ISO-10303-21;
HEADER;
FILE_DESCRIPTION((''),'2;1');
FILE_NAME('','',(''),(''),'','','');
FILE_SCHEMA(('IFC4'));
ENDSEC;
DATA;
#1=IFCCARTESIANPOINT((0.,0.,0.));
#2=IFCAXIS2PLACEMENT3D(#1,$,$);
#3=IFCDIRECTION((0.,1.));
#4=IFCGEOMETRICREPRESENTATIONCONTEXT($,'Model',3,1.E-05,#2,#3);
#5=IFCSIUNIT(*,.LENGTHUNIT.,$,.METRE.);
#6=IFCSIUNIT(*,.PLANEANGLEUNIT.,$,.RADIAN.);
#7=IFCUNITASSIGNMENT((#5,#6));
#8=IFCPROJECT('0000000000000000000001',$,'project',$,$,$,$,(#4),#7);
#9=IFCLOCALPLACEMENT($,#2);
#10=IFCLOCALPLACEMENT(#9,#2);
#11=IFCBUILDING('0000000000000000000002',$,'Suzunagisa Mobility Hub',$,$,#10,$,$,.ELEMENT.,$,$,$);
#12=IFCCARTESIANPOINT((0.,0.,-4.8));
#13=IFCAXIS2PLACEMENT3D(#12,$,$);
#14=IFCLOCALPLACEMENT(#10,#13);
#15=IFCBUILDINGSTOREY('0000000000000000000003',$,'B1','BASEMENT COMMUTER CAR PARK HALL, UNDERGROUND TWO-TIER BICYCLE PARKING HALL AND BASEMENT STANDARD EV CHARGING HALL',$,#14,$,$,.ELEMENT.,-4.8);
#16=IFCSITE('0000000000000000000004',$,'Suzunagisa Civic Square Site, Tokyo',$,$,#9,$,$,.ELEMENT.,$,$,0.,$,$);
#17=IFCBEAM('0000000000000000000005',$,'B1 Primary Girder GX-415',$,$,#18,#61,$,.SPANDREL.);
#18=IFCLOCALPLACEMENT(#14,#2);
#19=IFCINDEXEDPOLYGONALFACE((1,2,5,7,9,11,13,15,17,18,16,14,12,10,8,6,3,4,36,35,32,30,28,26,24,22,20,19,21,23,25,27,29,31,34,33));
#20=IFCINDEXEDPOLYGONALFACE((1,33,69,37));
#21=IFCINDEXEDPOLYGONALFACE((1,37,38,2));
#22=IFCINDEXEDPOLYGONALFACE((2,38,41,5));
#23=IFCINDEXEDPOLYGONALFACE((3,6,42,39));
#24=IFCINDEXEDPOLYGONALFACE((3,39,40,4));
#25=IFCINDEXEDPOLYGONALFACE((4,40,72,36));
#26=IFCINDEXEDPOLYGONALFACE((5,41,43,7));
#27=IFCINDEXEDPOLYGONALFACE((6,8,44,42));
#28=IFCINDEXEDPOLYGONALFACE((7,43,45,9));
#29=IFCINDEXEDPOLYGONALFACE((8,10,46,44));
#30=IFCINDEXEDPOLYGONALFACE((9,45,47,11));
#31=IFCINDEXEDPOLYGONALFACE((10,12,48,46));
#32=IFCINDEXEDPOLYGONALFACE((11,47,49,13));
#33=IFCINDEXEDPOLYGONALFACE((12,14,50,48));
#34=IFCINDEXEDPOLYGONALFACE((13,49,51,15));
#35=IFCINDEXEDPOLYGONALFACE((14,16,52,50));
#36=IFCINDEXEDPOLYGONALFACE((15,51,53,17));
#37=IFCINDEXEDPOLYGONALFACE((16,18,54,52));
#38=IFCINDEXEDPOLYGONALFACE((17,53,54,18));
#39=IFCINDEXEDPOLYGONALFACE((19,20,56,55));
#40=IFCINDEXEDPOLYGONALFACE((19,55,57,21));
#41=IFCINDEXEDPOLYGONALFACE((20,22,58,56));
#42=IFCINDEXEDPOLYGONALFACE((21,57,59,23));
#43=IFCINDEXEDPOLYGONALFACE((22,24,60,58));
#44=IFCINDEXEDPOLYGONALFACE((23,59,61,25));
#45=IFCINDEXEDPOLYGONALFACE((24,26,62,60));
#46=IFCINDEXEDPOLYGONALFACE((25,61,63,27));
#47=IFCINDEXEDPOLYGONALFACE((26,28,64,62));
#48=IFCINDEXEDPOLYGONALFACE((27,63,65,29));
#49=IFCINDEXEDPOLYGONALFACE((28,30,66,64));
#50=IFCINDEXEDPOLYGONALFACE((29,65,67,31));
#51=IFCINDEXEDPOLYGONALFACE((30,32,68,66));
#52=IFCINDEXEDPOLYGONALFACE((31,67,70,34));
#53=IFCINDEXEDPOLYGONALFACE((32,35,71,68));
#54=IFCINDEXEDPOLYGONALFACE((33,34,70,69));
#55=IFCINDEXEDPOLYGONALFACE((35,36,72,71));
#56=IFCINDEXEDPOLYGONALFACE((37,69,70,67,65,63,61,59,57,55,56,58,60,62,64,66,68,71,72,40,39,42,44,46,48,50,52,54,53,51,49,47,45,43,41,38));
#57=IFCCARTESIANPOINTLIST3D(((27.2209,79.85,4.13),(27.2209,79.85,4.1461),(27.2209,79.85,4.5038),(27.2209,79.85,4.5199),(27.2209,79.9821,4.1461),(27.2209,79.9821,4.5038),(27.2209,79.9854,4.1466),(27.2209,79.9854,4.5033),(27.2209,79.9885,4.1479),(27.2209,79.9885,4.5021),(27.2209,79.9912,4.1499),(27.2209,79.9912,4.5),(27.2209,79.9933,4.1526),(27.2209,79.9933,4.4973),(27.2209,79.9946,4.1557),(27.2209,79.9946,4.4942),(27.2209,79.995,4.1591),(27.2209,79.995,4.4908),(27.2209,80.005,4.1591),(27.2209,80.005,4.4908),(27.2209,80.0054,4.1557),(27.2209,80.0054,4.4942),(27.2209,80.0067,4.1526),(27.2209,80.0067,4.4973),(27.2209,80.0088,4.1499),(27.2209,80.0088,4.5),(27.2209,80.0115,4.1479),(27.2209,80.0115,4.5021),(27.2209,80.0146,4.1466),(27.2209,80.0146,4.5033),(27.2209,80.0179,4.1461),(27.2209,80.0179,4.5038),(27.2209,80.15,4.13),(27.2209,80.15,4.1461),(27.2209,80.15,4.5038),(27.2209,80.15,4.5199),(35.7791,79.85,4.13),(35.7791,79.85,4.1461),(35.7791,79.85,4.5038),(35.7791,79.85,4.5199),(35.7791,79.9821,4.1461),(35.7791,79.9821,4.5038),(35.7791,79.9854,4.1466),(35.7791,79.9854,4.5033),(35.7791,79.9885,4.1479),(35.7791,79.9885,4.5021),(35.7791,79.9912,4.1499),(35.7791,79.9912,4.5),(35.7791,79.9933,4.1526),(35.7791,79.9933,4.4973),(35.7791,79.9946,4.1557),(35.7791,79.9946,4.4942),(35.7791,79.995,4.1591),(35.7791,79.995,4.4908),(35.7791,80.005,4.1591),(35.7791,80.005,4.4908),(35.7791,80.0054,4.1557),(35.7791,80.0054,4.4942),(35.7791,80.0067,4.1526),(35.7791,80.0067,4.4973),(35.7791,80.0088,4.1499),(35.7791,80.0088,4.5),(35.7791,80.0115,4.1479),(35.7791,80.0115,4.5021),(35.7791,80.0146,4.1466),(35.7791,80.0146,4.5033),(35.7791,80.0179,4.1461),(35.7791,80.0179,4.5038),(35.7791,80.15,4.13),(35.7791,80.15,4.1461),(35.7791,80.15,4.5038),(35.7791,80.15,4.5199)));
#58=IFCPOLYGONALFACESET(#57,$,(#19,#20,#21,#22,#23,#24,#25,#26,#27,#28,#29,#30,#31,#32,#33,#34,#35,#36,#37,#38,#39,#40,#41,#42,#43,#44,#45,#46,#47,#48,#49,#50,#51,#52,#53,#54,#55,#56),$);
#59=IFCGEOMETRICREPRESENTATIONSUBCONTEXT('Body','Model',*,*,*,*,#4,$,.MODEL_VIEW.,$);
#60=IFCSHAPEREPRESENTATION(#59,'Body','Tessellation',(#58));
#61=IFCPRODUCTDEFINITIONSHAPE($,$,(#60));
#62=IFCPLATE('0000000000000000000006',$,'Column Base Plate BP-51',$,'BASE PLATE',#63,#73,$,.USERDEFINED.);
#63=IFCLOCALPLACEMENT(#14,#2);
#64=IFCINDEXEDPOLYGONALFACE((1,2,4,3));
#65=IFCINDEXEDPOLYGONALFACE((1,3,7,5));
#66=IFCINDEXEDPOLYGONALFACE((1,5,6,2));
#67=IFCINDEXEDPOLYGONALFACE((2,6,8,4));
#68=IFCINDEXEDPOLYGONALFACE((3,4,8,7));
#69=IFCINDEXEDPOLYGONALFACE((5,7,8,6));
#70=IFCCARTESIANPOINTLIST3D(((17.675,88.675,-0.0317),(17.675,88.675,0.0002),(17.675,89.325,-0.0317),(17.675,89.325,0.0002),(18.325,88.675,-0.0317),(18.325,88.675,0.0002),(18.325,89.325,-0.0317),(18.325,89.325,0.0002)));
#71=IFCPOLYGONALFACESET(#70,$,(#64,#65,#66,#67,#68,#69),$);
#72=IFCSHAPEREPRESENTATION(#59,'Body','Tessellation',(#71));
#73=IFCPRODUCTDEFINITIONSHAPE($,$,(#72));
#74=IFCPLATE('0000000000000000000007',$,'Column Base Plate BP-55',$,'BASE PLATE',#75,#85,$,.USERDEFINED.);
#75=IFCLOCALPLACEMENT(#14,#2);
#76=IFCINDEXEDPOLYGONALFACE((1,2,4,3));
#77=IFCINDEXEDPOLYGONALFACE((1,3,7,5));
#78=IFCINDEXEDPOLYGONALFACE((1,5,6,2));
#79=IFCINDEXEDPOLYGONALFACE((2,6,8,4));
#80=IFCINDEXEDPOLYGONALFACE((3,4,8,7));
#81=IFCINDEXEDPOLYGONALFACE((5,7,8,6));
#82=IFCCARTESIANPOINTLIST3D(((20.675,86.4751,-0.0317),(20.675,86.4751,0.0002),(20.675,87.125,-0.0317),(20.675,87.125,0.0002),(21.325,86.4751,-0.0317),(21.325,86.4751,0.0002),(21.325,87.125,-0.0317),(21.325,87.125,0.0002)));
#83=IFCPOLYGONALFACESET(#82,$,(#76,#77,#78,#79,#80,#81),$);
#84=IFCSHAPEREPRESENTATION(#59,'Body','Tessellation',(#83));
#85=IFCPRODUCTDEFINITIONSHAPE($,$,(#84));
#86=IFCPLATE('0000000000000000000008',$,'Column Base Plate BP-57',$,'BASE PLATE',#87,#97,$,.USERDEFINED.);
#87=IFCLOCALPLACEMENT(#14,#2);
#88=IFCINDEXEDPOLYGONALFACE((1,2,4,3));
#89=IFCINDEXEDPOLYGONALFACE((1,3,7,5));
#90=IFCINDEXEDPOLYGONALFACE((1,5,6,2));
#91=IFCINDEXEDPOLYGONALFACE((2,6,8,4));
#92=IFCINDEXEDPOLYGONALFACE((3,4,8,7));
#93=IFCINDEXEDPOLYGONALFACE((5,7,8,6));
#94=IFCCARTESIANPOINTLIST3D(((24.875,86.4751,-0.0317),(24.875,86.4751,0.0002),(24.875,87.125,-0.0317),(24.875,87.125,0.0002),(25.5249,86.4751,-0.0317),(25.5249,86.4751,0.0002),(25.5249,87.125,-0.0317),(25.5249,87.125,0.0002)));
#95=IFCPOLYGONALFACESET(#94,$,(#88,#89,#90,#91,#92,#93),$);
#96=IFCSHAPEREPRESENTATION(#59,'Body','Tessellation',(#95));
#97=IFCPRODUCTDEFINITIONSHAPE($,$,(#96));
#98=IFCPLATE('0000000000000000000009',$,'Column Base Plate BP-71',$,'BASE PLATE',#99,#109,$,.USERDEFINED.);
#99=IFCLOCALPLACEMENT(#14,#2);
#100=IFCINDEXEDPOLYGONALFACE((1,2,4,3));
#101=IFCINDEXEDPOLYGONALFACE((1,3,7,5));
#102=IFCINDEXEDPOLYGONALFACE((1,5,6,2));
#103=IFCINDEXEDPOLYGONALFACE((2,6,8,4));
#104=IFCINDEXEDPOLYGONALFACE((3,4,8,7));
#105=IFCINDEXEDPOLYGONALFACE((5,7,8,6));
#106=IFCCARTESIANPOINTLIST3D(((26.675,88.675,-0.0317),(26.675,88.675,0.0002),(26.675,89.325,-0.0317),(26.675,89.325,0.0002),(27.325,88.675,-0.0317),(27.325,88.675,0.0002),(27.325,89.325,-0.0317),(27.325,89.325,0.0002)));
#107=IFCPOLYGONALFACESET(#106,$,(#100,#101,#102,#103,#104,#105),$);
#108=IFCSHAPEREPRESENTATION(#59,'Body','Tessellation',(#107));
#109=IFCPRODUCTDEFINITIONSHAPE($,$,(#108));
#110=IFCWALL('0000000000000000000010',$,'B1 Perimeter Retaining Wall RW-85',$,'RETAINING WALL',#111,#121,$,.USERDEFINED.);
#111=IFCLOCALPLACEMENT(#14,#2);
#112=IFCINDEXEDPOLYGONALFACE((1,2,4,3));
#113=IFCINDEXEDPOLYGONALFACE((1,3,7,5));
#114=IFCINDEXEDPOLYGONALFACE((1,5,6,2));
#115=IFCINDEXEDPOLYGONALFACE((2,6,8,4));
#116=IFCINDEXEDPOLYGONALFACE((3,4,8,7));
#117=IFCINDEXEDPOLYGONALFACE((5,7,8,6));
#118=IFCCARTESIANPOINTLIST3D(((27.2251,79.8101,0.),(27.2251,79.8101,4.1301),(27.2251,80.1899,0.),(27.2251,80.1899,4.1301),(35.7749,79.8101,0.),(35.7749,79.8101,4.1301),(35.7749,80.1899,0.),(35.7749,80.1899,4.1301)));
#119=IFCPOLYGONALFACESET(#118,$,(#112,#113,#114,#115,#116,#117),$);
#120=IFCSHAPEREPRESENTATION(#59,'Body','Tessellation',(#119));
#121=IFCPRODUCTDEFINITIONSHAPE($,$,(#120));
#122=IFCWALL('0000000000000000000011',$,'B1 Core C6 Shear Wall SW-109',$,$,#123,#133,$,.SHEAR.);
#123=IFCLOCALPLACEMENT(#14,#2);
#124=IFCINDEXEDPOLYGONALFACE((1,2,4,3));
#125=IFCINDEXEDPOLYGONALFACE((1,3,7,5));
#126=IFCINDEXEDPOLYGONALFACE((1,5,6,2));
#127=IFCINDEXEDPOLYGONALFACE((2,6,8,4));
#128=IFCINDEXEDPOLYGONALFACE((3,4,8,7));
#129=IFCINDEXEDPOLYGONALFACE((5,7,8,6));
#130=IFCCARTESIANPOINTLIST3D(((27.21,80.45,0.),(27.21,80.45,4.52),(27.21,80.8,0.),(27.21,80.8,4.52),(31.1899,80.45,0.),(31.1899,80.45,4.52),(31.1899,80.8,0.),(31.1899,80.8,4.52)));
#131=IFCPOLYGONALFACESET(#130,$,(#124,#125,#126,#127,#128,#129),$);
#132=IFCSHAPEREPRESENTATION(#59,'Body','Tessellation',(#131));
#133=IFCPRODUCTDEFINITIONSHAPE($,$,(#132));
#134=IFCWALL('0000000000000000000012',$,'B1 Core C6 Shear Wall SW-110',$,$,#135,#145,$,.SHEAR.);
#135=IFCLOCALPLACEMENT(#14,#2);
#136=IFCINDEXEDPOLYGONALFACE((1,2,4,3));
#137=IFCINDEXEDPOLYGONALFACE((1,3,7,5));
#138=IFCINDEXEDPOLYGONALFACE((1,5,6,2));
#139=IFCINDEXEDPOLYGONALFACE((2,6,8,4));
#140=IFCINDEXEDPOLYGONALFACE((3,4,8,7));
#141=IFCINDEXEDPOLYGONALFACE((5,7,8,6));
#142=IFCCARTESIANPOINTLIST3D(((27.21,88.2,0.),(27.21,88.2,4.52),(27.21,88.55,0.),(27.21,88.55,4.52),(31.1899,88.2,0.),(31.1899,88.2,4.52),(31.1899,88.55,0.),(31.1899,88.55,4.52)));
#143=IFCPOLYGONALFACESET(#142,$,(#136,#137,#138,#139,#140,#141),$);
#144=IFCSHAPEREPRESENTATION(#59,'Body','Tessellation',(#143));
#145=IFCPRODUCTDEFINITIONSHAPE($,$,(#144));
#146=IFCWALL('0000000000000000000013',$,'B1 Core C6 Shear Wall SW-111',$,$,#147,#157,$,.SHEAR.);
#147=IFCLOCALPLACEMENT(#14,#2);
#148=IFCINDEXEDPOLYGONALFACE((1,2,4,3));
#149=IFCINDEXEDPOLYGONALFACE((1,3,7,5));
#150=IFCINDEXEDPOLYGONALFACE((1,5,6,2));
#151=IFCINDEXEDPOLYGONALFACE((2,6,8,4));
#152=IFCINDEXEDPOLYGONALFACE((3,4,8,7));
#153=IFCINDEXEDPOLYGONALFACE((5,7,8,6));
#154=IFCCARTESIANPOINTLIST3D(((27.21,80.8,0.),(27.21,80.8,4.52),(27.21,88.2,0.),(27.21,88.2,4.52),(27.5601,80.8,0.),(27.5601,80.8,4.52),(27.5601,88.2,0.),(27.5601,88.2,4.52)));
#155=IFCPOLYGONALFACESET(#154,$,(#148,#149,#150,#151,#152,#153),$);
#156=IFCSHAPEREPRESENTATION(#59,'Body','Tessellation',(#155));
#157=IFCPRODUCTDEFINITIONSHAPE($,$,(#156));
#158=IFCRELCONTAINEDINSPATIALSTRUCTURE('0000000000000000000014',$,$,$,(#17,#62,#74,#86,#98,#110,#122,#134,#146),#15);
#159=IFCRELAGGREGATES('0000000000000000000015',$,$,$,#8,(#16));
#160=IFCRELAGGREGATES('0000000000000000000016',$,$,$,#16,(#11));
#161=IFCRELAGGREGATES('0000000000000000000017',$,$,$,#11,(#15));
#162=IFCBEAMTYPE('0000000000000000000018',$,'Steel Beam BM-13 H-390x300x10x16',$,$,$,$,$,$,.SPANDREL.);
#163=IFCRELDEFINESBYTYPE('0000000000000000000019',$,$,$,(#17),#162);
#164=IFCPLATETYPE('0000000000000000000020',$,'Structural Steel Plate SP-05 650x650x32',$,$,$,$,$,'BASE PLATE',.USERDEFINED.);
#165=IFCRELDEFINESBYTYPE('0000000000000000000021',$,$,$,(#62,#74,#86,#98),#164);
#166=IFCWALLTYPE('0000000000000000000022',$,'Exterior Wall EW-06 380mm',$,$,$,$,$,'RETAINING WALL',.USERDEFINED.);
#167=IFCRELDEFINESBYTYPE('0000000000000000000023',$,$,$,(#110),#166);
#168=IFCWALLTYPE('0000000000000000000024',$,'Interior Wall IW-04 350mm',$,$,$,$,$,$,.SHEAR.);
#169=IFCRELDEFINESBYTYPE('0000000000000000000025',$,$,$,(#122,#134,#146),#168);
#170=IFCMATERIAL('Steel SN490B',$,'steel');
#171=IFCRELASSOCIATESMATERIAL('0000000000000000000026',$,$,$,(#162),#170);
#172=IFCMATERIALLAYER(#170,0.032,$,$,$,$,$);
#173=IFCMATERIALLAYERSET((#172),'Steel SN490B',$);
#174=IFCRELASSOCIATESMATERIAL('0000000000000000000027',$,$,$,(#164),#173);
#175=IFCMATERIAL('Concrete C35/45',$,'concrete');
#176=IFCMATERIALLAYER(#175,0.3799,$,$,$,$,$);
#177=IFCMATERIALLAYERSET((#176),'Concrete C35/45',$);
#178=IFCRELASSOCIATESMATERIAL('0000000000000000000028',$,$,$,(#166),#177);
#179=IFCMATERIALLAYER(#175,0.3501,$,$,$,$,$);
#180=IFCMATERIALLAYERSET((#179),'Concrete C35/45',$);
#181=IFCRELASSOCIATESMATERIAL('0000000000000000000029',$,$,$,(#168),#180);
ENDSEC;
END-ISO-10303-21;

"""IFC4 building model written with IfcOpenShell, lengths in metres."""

from ifc_helpers import new_model, si_unit, direction, frame, frame_2d, origin, origin_2d, place, context, subcontext, project, spatial, rectangle, i_section, extrude, material, layer, layer_set, material_profile, profile_set, type_object, element, save


model = new_model("IFC4")

# Units and contexts
model_context = context("Model", 3, precision=1e-05, world=origin(), true_north=direction((0.0, 1.0)))
body_context = subcontext(model_context, "Body", "Model", "MODEL_VIEW")
ifc_project = project(units=[si_unit("LENGTHUNIT", "METRE"), si_unit("PLANEANGLEUNIT", "RADIAN")], contexts=[model_context])

# Site, building, storey
site_placement = place(None, origin())
site = spatial("IfcSite", under=ifc_project, at=site_placement, Name="Suzunagisa Civic Square Site, Tokyo", CompositionType="ELEMENT", RefElevation=0.0)
building_placement = place(site_placement, origin())
building = spatial("IfcBuilding", under=site, at=building_placement, Name="Suzunagisa Mobility Hub", CompositionType="ELEMENT")
storey_placement = place(building_placement, frame((0.0, 0.0, -4.8)))
storey = spatial("IfcBuildingStorey", under=building, at=storey_placement, Name="B1", Description="BASEMENT COMMUTER CAR PARK HALL, UNDERGROUND TWO-TIER BICYCLE PARKING HALL AND BASEMENT STANDARD EV CHARGING HALL", CompositionType="ELEMENT", Elevation=-4.8)

# Shared definitions
ifc_material_1 = material(Name="Steel SN490B", Category="steel")

# Beam
ifc_material_profile_1 = material_profile(ifc_material_1, i_section(OverallWidth=0.3, OverallDepth=0.3899, WebThickness=0.01, FlangeThickness=0.0161, FilletRadius=0.0129, at=origin_2d()), Name="H-390x300x10x16")
ifc_profile_set_1 = profile_set([ifc_material_profile_1], Name="Steel SN490B")
beam_type_1 = type_object("IfcBeamType", Name="Steel Beam BM-13 H-390x300x10x16", PredefinedType="SPANDREL", material=ifc_profile_set_1)
beam_placement = place(storey_placement, frame((27.2209, 80.0, 4.325), z_axis=(1.0, 0.0, 0.0), x_axis=(0.0, 1.0, 0.0)))
element("IfcBeam", 1, at=beam_placement, inside=storey, type_object=beam_type_1, Name="B1 Primary Girder GX-415", PredefinedType="SPANDREL", context=body_context, shape_type="SweptSolid", body=[
    extrude(i_section(OverallWidth=0.3, OverallDepth=0.3899, WebThickness=0.01, FlangeThickness=0.0161, FilletRadius=0.0129, at=origin_2d()), origin(), (0.0, 0.0, 1.0), 8.5581),
])

# Plates
ifc_layer_1 = layer(ifc_material_1, 0.032)
ifc_layer_set_1 = layer_set([ifc_layer_1], Name="Steel SN490B")
plate_type = type_object("IfcPlateType", Name="Structural Steel Plate SP-05 650x650x32", ElementType="BASE PLATE", PredefinedType="USERDEFINED", material=ifc_layer_set_1)
for number, where, z_axis, x_axis, name in (
    (2, (18.0, 89.0, -0.0317), (0.0, 0.0, 1.0), (1.0, 0.0, 0.0), "Column Base Plate BP-51"),
    (3, (21.0, 86.8, -0.0317), (0.0, 0.0, 1.0), (1.0, 0.0, 0.0), "Column Base Plate BP-55"),
    (4, (25.2, 86.8, -0.0317), (0.0, 0.0, 1.0), (1.0, 0.0, 0.0), "Column Base Plate BP-57"),
    (5, (27.0, 89.0, -0.0317), (0.0, 0.0, 1.0), (1.0, 0.0, 0.0), "Column Base Plate BP-71"),
):
    element("IfcPlate", number, at=place(storey_placement, frame(where, z_axis=z_axis, x_axis=x_axis)), inside=storey, type_object=plate_type, Name=name, ObjectType="BASE PLATE", PredefinedType="USERDEFINED", context=body_context, shape_type="SweptSolid", body=[
        extrude(rectangle(XDim=0.6499, YDim=0.6499, at=origin_2d()), origin(), (0.0, 0.0, 1.0), 0.032),
    ])

# Walls
ifc_material_2 = material(Name="Concrete C35/45", Category="concrete")
ifc_layer_2 = layer(ifc_material_2, 0.3799)
ifc_layer_set_2 = layer_set([ifc_layer_2], Name="Concrete C35/45")
wall_type_1 = type_object("IfcWallType", Name="Exterior Wall EW-06 380mm", ElementType="RETAINING WALL", PredefinedType="USERDEFINED", material=ifc_layer_set_2)
wall_1_placement = place(storey_placement, frame((27.2251, 80.0, 0.0), z_axis=(0.0, 0.0, 1.0), x_axis=(1.0, 0.0, 0.0)))
element("IfcWall", 6, at=wall_1_placement, inside=storey, type_object=wall_type_1, Name="B1 Perimeter Retaining Wall RW-85", ObjectType="RETAINING WALL", PredefinedType="USERDEFINED", context=body_context, shape_type="SweptSolid", body=[
    extrude(rectangle(XDim=8.5498, YDim=0.3799, at=frame_2d((4.2749, 0.0))), origin(), (0.0, 0.0, 1.0), 4.1301),
])
ifc_layer_3 = layer(ifc_material_2, 0.3501)
ifc_layer_set_3 = layer_set([ifc_layer_3], Name="Concrete C35/45")
wall_type_2 = type_object("IfcWallType", Name="Interior Wall IW-04 350mm", PredefinedType="SHEAR", material=ifc_layer_set_3)
for number, where, z_axis, x_axis, name in (
    (7, (27.21, 80.625, 0.0), (0.0, 0.0, 1.0), (1.0, 0.0, 0.0), "B1 Core C6 Shear Wall SW-109"),
    (8, (27.21, 88.375, 0.0), (0.0, 0.0, 1.0), (1.0, 0.0, 0.0), "B1 Core C6 Shear Wall SW-110"),
):
    element("IfcWall", number, at=place(storey_placement, frame(where, z_axis=z_axis, x_axis=x_axis)), inside=storey, type_object=wall_type_2, Name=name, PredefinedType="SHEAR", context=body_context, shape_type="SweptSolid", body=[
        extrude(rectangle(XDim=3.98, YDim=0.3501, at=frame_2d((1.99, 0.0))), origin(), (0.0, 0.0, 1.0), 4.52),
    ])
wall_2_placement = place(storey_placement, frame((27.385, 80.8, 0.0), z_axis=(0.0, 0.0, 1.0), x_axis=(0.0, 1.0, 0.0)))
element("IfcWall", 9, at=wall_2_placement, inside=storey, type_object=wall_type_2, Name="B1 Core C6 Shear Wall SW-111", PredefinedType="SHEAR", context=body_context, shape_type="SweptSolid", body=[
    extrude(rectangle(XDim=7.3999, YDim=0.3501, at=frame_2d((3.7, 0.0))), origin(), (0.0, 0.0, 1.0), 4.52),
])

save(model, "model.ifc")
